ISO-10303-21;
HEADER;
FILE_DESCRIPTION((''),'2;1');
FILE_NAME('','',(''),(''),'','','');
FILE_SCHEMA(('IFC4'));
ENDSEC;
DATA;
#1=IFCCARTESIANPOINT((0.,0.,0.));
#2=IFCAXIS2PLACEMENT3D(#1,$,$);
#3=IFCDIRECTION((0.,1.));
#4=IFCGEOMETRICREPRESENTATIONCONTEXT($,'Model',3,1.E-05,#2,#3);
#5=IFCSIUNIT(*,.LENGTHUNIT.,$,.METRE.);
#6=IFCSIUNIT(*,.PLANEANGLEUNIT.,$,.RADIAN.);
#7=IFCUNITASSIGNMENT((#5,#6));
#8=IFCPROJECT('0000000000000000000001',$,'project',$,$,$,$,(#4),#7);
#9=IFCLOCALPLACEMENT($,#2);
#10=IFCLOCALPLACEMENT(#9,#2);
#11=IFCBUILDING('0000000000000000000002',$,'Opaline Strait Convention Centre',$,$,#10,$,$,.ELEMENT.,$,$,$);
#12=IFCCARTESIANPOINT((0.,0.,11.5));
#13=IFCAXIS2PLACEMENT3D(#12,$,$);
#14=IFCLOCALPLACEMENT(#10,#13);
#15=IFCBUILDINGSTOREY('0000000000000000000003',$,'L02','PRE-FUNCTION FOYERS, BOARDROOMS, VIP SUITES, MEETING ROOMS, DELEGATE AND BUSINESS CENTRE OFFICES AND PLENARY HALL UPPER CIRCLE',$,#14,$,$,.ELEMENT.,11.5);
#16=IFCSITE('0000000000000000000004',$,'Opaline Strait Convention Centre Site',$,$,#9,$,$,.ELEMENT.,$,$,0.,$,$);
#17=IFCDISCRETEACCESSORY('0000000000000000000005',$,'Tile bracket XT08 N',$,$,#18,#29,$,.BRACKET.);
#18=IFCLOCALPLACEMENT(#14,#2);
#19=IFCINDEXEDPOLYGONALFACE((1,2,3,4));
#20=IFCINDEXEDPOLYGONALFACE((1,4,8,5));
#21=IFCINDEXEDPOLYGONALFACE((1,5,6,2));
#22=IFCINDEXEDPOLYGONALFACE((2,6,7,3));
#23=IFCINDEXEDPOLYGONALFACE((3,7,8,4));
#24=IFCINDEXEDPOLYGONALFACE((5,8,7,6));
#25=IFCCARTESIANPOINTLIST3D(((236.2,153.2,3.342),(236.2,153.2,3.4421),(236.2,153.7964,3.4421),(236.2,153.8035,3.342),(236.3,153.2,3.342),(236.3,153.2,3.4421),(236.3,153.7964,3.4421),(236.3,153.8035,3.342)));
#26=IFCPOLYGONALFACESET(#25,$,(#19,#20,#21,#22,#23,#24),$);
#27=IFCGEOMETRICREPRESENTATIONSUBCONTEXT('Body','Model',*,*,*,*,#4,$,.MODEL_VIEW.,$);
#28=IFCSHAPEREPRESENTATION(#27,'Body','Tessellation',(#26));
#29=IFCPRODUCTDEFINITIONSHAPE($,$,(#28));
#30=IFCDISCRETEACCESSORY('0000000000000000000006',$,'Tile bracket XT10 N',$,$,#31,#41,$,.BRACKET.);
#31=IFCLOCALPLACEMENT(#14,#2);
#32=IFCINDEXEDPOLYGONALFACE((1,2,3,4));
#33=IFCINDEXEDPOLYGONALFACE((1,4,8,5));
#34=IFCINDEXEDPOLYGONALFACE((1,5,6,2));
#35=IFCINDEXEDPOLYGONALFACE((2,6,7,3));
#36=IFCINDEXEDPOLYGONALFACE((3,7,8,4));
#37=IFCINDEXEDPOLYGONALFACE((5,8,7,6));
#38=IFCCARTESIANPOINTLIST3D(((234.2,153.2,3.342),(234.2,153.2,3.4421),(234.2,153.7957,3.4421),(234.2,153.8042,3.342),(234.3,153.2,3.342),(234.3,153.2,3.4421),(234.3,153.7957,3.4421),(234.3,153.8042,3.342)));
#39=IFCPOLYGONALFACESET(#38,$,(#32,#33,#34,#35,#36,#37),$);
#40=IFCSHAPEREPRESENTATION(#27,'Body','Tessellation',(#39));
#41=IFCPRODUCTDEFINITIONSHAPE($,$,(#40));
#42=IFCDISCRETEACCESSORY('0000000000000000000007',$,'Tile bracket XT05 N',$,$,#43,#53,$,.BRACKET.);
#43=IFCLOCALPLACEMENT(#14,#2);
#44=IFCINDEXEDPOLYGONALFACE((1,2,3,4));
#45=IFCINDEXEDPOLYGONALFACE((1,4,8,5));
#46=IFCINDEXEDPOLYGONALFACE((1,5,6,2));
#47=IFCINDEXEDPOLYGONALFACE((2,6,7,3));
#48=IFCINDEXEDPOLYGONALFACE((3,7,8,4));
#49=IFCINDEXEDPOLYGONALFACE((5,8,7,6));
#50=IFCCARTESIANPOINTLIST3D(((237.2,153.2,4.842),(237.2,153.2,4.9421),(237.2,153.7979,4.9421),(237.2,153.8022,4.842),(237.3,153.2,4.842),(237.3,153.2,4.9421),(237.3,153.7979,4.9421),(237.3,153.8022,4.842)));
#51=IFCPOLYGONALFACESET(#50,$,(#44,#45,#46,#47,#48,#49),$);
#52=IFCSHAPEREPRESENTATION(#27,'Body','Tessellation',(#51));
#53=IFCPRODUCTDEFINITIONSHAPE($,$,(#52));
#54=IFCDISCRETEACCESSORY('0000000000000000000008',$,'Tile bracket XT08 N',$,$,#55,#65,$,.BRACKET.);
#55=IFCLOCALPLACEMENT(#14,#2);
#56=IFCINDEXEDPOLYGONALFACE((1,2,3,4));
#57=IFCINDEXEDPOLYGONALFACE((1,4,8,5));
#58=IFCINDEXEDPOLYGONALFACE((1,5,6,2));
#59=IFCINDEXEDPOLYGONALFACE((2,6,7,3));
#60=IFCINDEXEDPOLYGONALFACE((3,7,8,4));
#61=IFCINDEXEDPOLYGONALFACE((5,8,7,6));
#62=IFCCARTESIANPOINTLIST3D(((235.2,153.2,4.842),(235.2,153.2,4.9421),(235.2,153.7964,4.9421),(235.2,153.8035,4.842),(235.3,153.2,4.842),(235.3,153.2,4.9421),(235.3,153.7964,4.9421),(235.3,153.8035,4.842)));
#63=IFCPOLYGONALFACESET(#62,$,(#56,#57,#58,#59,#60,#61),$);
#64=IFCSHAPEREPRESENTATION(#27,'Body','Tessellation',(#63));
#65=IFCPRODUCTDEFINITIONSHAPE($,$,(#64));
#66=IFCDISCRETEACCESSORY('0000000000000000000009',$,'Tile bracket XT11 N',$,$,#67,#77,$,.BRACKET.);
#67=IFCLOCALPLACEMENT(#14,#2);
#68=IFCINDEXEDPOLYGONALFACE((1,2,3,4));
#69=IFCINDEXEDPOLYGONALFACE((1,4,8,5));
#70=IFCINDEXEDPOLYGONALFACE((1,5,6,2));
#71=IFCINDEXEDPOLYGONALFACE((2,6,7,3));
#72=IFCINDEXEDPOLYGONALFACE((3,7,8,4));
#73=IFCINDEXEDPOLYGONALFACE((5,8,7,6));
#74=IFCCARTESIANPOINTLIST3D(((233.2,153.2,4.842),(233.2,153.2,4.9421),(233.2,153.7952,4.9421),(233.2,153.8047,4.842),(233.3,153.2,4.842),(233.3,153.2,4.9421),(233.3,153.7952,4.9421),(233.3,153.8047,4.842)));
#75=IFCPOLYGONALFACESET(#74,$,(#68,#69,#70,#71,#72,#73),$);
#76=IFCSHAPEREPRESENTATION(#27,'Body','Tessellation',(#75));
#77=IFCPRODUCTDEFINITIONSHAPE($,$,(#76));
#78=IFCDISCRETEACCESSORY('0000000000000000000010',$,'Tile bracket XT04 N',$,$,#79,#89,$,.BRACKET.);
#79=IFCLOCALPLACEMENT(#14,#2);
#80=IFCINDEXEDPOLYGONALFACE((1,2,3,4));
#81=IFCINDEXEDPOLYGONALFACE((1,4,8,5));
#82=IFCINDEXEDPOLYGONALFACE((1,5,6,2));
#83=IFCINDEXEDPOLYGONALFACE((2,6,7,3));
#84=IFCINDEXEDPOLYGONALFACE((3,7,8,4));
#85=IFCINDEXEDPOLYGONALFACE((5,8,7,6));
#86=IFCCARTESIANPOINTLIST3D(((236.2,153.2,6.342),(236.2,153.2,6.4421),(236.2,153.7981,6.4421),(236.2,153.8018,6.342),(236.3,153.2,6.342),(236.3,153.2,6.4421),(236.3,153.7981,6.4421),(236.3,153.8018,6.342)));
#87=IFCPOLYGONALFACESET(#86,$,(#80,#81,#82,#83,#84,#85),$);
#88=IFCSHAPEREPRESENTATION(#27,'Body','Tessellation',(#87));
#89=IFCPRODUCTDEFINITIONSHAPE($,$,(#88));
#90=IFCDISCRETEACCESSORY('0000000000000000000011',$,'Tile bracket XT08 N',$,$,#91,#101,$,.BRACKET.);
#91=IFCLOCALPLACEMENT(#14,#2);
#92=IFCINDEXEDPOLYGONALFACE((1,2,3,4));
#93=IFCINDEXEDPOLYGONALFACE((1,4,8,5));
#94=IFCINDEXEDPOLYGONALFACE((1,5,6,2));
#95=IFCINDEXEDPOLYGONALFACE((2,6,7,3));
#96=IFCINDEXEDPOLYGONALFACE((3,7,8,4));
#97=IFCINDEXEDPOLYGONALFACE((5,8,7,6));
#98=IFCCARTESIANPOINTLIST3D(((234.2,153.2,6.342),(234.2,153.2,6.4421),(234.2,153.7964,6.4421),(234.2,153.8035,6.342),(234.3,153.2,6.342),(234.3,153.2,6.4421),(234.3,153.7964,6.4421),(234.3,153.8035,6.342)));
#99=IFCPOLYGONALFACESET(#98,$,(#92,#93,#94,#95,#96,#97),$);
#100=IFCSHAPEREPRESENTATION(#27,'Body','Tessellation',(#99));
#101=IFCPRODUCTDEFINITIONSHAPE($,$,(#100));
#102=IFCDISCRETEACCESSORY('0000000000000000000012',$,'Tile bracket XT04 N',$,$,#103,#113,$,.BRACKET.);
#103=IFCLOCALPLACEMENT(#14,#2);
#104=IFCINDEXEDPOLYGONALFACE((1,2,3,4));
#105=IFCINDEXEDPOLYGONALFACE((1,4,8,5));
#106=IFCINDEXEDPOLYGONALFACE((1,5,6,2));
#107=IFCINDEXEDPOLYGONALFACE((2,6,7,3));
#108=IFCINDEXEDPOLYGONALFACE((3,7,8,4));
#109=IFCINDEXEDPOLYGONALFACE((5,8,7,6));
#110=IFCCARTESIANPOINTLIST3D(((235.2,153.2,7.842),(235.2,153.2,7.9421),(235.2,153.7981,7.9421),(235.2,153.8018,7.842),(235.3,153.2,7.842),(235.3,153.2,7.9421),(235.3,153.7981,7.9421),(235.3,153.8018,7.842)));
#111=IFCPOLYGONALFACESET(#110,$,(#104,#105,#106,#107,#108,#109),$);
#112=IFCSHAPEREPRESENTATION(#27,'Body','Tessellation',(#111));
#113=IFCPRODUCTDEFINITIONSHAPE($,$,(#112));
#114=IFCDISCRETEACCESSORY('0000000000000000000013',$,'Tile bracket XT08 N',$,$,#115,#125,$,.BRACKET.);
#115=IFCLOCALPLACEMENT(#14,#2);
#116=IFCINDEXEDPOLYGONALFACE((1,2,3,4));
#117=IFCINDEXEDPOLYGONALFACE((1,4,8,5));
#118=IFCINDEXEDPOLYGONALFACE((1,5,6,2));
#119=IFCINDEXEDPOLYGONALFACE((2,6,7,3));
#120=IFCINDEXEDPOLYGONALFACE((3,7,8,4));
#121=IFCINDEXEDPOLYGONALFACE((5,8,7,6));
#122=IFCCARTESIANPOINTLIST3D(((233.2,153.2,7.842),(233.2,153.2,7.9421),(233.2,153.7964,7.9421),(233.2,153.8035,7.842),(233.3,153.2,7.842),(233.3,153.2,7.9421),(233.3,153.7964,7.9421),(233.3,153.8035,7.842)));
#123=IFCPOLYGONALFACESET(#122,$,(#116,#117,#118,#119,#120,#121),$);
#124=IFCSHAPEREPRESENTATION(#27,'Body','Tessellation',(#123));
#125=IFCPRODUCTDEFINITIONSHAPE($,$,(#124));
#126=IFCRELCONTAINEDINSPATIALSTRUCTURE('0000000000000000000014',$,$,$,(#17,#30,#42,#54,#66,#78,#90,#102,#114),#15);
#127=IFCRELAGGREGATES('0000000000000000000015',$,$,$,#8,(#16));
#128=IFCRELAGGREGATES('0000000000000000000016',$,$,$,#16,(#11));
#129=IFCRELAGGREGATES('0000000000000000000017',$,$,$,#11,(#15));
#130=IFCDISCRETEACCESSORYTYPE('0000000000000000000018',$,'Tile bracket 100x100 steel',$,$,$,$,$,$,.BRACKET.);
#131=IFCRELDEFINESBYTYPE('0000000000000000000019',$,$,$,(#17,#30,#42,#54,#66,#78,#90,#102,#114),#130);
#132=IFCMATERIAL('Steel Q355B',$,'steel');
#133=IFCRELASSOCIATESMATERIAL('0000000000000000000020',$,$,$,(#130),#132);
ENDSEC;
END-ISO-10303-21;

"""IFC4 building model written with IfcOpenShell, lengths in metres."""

from ifc_helpers import new_model, si_unit, direction, frame, origin, place, context, subcontext, project, spatial, polyline, outline, extrude, material, type_object, element, save


model = new_model("IFC4")

# Units and contexts
model_context = context("Model", 3, precision=1e-05, world=origin(), true_north=direction((0.0, 1.0)))
body_context = subcontext(model_context, "Body", "Model", "MODEL_VIEW")
ifc_project = project(units=[si_unit("LENGTHUNIT", "METRE"), si_unit("PLANEANGLEUNIT", "RADIAN")], contexts=[model_context])

# Site, building, storey
site_placement = place(None, origin())
site = spatial("IfcSite", under=ifc_project, at=site_placement, Name="Opaline Strait Convention Centre Site", CompositionType="ELEMENT", RefElevation=0.0)
building_placement = place(site_placement, origin())
building = spatial("IfcBuilding", under=site, at=building_placement, Name="Opaline Strait Convention Centre", CompositionType="ELEMENT")
storey_placement = place(building_placement, frame((0.0, 0.0, 11.5)))
storey = spatial("IfcBuildingStorey", under=building, at=storey_placement, Name="L02", Description="PRE-FUNCTION FOYERS, BOARDROOMS, VIP SUITES, MEETING ROOMS, DELEGATE AND BUSINESS CENTRE OFFICES AND PLENARY HALL UPPER CIRCLE", CompositionType="ELEMENT", Elevation=11.5)

# Discrete accessories
ifc_material_1 = material(Name="Steel Q355B", Category="steel")
discrete_accessory_type = type_object("IfcDiscreteAccessoryType", Name="Tile bracket 100x100 steel", PredefinedType="BRACKET", material=ifc_material_1)
discrete_accessory_1_placement = place(storey_placement, frame((236.3, 153.2, 3.3921), z_axis=(-1.0, 0.0, 0.0), x_axis=(0.0, -1.0, 0.0)))
element("IfcDiscreteAccessory", 1, at=discrete_accessory_1_placement, inside=storey, type_object=discrete_accessory_type, Name="Tile bracket XT08 N", PredefinedType="BRACKET", context=body_context, shape_type="SweptSolid", body=[
    extrude(outline(polyline([(0.0, -0.05), (0.0, 0.05), (-0.5964, 0.05), (-0.6035, -0.05), (0.0, -0.05)])), origin(), (0.0, 0.0, 1.0), 0.1001),
])
discrete_accessory_2_placement = place(storey_placement, frame((234.3, 153.2, 3.3921), z_axis=(-1.0, 0.0, 0.0), x_axis=(0.0, -1.0, 0.0)))
element("IfcDiscreteAccessory", 2, at=discrete_accessory_2_placement, inside=storey, type_object=discrete_accessory_type, Name="Tile bracket XT10 N", PredefinedType="BRACKET", context=body_context, shape_type="SweptSolid", body=[
    extrude(outline(polyline([(0.0, -0.05), (0.0, 0.05), (-0.5957, 0.05), (-0.6042, -0.05), (0.0, -0.05)])), origin(), (0.0, 0.0, 1.0), 0.1001),
])
discrete_accessory_3_placement = place(storey_placement, frame((237.3, 153.2, 4.8921), z_axis=(-1.0, 0.0, 0.0), x_axis=(0.0, -1.0, 0.0)))
element("IfcDiscreteAccessory", 3, at=discrete_accessory_3_placement, inside=storey, type_object=discrete_accessory_type, Name="Tile bracket XT05 N", PredefinedType="BRACKET", context=body_context, shape_type="SweptSolid", body=[
    extrude(outline(polyline([(0.0, -0.05), (0.0, 0.05), (-0.5979, 0.05), (-0.6023, -0.05), (0.0, -0.05)])), origin(), (0.0, 0.0, 1.0), 0.1001),
])
discrete_accessory_4_placement = place(storey_placement, frame((235.3, 153.2, 4.8921), z_axis=(-1.0, 0.0, 0.0), x_axis=(0.0, -1.0, 0.0)))
element("IfcDiscreteAccessory", 4, at=discrete_accessory_4_placement, inside=storey, type_object=discrete_accessory_type, Name="Tile bracket XT08 N", PredefinedType="BRACKET", context=body_context, shape_type="SweptSolid", body=[
    extrude(outline(polyline([(0.0, -0.05), (0.0, 0.05), (-0.5964, 0.05), (-0.6035, -0.05), (0.0, -0.05)])), origin(), (0.0, 0.0, 1.0), 0.1001),
])
discrete_accessory_5_placement = place(storey_placement, frame((233.3, 153.2, 4.8921), z_axis=(-1.0, 0.0, 0.0), x_axis=(0.0, -1.0, 0.0)))
element("IfcDiscreteAccessory", 5, at=discrete_accessory_5_placement, inside=storey, type_object=discrete_accessory_type, Name="Tile bracket XT11 N", PredefinedType="BRACKET", context=body_context, shape_type="SweptSolid", body=[
    extrude(outline(polyline([(0.0, -0.05), (0.0, 0.05), (-0.5952, 0.05), (-0.6047, -0.05), (0.0, -0.05)])), origin(), (0.0, 0.0, 1.0), 0.1001),
])
discrete_accessory_6_placement = place(storey_placement, frame((236.3, 153.2, 6.3921), z_axis=(-1.0, 0.0, 0.0), x_axis=(0.0, -1.0, 0.0)))
element("IfcDiscreteAccessory", 6, at=discrete_accessory_6_placement, inside=storey, type_object=discrete_accessory_type, Name="Tile bracket XT04 N", PredefinedType="BRACKET", context=body_context, shape_type="SweptSolid", body=[
    extrude(outline(polyline([(0.0, -0.05), (0.0, 0.05), (-0.5981, 0.05), (-0.6018, -0.05), (0.0, -0.05)])), origin(), (0.0, 0.0, 1.0), 0.1001),
])
discrete_accessory_7_placement = place(storey_placement, frame((234.3, 153.2, 6.3921), z_axis=(-1.0, 0.0, 0.0), x_axis=(0.0, -1.0, 0.0)))
element("IfcDiscreteAccessory", 7, at=discrete_accessory_7_placement, inside=storey, type_object=discrete_accessory_type, Name="Tile bracket XT08 N", PredefinedType="BRACKET", context=body_context, shape_type="SweptSolid", body=[
    extrude(outline(polyline([(0.0, -0.05), (0.0, 0.05), (-0.5964, 0.05), (-0.6035, -0.05), (0.0, -0.05)])), origin(), (0.0, 0.0, 1.0), 0.1001),
])
discrete_accessory_8_placement = place(storey_placement, frame((235.3, 153.2, 7.8921), z_axis=(-1.0, 0.0, 0.0), x_axis=(0.0, -1.0, 0.0)))
element("IfcDiscreteAccessory", 8, at=discrete_accessory_8_placement, inside=storey, type_object=discrete_accessory_type, Name="Tile bracket XT04 N", PredefinedType="BRACKET", context=body_context, shape_type="SweptSolid", body=[
    extrude(outline(polyline([(0.0, -0.05), (0.0, 0.05), (-0.5981, 0.05), (-0.6018, -0.05), (0.0, -0.05)])), origin(), (0.0, 0.0, 1.0), 0.1001),
])
discrete_accessory_9_placement = place(storey_placement, frame((233.3, 153.2, 7.8921), z_axis=(-1.0, 0.0, 0.0), x_axis=(0.0, -1.0, 0.0)))
element("IfcDiscreteAccessory", 9, at=discrete_accessory_9_placement, inside=storey, type_object=discrete_accessory_type, Name="Tile bracket XT08 N", PredefinedType="BRACKET", context=body_context, shape_type="SweptSolid", body=[
    extrude(outline(polyline([(0.0, -0.05), (0.0, 0.05), (-0.5964, 0.05), (-0.6035, -0.05), (0.0, -0.05)])), origin(), (0.0, 0.0, 1.0), 0.1001),
])

save(model, "model.ifc")
